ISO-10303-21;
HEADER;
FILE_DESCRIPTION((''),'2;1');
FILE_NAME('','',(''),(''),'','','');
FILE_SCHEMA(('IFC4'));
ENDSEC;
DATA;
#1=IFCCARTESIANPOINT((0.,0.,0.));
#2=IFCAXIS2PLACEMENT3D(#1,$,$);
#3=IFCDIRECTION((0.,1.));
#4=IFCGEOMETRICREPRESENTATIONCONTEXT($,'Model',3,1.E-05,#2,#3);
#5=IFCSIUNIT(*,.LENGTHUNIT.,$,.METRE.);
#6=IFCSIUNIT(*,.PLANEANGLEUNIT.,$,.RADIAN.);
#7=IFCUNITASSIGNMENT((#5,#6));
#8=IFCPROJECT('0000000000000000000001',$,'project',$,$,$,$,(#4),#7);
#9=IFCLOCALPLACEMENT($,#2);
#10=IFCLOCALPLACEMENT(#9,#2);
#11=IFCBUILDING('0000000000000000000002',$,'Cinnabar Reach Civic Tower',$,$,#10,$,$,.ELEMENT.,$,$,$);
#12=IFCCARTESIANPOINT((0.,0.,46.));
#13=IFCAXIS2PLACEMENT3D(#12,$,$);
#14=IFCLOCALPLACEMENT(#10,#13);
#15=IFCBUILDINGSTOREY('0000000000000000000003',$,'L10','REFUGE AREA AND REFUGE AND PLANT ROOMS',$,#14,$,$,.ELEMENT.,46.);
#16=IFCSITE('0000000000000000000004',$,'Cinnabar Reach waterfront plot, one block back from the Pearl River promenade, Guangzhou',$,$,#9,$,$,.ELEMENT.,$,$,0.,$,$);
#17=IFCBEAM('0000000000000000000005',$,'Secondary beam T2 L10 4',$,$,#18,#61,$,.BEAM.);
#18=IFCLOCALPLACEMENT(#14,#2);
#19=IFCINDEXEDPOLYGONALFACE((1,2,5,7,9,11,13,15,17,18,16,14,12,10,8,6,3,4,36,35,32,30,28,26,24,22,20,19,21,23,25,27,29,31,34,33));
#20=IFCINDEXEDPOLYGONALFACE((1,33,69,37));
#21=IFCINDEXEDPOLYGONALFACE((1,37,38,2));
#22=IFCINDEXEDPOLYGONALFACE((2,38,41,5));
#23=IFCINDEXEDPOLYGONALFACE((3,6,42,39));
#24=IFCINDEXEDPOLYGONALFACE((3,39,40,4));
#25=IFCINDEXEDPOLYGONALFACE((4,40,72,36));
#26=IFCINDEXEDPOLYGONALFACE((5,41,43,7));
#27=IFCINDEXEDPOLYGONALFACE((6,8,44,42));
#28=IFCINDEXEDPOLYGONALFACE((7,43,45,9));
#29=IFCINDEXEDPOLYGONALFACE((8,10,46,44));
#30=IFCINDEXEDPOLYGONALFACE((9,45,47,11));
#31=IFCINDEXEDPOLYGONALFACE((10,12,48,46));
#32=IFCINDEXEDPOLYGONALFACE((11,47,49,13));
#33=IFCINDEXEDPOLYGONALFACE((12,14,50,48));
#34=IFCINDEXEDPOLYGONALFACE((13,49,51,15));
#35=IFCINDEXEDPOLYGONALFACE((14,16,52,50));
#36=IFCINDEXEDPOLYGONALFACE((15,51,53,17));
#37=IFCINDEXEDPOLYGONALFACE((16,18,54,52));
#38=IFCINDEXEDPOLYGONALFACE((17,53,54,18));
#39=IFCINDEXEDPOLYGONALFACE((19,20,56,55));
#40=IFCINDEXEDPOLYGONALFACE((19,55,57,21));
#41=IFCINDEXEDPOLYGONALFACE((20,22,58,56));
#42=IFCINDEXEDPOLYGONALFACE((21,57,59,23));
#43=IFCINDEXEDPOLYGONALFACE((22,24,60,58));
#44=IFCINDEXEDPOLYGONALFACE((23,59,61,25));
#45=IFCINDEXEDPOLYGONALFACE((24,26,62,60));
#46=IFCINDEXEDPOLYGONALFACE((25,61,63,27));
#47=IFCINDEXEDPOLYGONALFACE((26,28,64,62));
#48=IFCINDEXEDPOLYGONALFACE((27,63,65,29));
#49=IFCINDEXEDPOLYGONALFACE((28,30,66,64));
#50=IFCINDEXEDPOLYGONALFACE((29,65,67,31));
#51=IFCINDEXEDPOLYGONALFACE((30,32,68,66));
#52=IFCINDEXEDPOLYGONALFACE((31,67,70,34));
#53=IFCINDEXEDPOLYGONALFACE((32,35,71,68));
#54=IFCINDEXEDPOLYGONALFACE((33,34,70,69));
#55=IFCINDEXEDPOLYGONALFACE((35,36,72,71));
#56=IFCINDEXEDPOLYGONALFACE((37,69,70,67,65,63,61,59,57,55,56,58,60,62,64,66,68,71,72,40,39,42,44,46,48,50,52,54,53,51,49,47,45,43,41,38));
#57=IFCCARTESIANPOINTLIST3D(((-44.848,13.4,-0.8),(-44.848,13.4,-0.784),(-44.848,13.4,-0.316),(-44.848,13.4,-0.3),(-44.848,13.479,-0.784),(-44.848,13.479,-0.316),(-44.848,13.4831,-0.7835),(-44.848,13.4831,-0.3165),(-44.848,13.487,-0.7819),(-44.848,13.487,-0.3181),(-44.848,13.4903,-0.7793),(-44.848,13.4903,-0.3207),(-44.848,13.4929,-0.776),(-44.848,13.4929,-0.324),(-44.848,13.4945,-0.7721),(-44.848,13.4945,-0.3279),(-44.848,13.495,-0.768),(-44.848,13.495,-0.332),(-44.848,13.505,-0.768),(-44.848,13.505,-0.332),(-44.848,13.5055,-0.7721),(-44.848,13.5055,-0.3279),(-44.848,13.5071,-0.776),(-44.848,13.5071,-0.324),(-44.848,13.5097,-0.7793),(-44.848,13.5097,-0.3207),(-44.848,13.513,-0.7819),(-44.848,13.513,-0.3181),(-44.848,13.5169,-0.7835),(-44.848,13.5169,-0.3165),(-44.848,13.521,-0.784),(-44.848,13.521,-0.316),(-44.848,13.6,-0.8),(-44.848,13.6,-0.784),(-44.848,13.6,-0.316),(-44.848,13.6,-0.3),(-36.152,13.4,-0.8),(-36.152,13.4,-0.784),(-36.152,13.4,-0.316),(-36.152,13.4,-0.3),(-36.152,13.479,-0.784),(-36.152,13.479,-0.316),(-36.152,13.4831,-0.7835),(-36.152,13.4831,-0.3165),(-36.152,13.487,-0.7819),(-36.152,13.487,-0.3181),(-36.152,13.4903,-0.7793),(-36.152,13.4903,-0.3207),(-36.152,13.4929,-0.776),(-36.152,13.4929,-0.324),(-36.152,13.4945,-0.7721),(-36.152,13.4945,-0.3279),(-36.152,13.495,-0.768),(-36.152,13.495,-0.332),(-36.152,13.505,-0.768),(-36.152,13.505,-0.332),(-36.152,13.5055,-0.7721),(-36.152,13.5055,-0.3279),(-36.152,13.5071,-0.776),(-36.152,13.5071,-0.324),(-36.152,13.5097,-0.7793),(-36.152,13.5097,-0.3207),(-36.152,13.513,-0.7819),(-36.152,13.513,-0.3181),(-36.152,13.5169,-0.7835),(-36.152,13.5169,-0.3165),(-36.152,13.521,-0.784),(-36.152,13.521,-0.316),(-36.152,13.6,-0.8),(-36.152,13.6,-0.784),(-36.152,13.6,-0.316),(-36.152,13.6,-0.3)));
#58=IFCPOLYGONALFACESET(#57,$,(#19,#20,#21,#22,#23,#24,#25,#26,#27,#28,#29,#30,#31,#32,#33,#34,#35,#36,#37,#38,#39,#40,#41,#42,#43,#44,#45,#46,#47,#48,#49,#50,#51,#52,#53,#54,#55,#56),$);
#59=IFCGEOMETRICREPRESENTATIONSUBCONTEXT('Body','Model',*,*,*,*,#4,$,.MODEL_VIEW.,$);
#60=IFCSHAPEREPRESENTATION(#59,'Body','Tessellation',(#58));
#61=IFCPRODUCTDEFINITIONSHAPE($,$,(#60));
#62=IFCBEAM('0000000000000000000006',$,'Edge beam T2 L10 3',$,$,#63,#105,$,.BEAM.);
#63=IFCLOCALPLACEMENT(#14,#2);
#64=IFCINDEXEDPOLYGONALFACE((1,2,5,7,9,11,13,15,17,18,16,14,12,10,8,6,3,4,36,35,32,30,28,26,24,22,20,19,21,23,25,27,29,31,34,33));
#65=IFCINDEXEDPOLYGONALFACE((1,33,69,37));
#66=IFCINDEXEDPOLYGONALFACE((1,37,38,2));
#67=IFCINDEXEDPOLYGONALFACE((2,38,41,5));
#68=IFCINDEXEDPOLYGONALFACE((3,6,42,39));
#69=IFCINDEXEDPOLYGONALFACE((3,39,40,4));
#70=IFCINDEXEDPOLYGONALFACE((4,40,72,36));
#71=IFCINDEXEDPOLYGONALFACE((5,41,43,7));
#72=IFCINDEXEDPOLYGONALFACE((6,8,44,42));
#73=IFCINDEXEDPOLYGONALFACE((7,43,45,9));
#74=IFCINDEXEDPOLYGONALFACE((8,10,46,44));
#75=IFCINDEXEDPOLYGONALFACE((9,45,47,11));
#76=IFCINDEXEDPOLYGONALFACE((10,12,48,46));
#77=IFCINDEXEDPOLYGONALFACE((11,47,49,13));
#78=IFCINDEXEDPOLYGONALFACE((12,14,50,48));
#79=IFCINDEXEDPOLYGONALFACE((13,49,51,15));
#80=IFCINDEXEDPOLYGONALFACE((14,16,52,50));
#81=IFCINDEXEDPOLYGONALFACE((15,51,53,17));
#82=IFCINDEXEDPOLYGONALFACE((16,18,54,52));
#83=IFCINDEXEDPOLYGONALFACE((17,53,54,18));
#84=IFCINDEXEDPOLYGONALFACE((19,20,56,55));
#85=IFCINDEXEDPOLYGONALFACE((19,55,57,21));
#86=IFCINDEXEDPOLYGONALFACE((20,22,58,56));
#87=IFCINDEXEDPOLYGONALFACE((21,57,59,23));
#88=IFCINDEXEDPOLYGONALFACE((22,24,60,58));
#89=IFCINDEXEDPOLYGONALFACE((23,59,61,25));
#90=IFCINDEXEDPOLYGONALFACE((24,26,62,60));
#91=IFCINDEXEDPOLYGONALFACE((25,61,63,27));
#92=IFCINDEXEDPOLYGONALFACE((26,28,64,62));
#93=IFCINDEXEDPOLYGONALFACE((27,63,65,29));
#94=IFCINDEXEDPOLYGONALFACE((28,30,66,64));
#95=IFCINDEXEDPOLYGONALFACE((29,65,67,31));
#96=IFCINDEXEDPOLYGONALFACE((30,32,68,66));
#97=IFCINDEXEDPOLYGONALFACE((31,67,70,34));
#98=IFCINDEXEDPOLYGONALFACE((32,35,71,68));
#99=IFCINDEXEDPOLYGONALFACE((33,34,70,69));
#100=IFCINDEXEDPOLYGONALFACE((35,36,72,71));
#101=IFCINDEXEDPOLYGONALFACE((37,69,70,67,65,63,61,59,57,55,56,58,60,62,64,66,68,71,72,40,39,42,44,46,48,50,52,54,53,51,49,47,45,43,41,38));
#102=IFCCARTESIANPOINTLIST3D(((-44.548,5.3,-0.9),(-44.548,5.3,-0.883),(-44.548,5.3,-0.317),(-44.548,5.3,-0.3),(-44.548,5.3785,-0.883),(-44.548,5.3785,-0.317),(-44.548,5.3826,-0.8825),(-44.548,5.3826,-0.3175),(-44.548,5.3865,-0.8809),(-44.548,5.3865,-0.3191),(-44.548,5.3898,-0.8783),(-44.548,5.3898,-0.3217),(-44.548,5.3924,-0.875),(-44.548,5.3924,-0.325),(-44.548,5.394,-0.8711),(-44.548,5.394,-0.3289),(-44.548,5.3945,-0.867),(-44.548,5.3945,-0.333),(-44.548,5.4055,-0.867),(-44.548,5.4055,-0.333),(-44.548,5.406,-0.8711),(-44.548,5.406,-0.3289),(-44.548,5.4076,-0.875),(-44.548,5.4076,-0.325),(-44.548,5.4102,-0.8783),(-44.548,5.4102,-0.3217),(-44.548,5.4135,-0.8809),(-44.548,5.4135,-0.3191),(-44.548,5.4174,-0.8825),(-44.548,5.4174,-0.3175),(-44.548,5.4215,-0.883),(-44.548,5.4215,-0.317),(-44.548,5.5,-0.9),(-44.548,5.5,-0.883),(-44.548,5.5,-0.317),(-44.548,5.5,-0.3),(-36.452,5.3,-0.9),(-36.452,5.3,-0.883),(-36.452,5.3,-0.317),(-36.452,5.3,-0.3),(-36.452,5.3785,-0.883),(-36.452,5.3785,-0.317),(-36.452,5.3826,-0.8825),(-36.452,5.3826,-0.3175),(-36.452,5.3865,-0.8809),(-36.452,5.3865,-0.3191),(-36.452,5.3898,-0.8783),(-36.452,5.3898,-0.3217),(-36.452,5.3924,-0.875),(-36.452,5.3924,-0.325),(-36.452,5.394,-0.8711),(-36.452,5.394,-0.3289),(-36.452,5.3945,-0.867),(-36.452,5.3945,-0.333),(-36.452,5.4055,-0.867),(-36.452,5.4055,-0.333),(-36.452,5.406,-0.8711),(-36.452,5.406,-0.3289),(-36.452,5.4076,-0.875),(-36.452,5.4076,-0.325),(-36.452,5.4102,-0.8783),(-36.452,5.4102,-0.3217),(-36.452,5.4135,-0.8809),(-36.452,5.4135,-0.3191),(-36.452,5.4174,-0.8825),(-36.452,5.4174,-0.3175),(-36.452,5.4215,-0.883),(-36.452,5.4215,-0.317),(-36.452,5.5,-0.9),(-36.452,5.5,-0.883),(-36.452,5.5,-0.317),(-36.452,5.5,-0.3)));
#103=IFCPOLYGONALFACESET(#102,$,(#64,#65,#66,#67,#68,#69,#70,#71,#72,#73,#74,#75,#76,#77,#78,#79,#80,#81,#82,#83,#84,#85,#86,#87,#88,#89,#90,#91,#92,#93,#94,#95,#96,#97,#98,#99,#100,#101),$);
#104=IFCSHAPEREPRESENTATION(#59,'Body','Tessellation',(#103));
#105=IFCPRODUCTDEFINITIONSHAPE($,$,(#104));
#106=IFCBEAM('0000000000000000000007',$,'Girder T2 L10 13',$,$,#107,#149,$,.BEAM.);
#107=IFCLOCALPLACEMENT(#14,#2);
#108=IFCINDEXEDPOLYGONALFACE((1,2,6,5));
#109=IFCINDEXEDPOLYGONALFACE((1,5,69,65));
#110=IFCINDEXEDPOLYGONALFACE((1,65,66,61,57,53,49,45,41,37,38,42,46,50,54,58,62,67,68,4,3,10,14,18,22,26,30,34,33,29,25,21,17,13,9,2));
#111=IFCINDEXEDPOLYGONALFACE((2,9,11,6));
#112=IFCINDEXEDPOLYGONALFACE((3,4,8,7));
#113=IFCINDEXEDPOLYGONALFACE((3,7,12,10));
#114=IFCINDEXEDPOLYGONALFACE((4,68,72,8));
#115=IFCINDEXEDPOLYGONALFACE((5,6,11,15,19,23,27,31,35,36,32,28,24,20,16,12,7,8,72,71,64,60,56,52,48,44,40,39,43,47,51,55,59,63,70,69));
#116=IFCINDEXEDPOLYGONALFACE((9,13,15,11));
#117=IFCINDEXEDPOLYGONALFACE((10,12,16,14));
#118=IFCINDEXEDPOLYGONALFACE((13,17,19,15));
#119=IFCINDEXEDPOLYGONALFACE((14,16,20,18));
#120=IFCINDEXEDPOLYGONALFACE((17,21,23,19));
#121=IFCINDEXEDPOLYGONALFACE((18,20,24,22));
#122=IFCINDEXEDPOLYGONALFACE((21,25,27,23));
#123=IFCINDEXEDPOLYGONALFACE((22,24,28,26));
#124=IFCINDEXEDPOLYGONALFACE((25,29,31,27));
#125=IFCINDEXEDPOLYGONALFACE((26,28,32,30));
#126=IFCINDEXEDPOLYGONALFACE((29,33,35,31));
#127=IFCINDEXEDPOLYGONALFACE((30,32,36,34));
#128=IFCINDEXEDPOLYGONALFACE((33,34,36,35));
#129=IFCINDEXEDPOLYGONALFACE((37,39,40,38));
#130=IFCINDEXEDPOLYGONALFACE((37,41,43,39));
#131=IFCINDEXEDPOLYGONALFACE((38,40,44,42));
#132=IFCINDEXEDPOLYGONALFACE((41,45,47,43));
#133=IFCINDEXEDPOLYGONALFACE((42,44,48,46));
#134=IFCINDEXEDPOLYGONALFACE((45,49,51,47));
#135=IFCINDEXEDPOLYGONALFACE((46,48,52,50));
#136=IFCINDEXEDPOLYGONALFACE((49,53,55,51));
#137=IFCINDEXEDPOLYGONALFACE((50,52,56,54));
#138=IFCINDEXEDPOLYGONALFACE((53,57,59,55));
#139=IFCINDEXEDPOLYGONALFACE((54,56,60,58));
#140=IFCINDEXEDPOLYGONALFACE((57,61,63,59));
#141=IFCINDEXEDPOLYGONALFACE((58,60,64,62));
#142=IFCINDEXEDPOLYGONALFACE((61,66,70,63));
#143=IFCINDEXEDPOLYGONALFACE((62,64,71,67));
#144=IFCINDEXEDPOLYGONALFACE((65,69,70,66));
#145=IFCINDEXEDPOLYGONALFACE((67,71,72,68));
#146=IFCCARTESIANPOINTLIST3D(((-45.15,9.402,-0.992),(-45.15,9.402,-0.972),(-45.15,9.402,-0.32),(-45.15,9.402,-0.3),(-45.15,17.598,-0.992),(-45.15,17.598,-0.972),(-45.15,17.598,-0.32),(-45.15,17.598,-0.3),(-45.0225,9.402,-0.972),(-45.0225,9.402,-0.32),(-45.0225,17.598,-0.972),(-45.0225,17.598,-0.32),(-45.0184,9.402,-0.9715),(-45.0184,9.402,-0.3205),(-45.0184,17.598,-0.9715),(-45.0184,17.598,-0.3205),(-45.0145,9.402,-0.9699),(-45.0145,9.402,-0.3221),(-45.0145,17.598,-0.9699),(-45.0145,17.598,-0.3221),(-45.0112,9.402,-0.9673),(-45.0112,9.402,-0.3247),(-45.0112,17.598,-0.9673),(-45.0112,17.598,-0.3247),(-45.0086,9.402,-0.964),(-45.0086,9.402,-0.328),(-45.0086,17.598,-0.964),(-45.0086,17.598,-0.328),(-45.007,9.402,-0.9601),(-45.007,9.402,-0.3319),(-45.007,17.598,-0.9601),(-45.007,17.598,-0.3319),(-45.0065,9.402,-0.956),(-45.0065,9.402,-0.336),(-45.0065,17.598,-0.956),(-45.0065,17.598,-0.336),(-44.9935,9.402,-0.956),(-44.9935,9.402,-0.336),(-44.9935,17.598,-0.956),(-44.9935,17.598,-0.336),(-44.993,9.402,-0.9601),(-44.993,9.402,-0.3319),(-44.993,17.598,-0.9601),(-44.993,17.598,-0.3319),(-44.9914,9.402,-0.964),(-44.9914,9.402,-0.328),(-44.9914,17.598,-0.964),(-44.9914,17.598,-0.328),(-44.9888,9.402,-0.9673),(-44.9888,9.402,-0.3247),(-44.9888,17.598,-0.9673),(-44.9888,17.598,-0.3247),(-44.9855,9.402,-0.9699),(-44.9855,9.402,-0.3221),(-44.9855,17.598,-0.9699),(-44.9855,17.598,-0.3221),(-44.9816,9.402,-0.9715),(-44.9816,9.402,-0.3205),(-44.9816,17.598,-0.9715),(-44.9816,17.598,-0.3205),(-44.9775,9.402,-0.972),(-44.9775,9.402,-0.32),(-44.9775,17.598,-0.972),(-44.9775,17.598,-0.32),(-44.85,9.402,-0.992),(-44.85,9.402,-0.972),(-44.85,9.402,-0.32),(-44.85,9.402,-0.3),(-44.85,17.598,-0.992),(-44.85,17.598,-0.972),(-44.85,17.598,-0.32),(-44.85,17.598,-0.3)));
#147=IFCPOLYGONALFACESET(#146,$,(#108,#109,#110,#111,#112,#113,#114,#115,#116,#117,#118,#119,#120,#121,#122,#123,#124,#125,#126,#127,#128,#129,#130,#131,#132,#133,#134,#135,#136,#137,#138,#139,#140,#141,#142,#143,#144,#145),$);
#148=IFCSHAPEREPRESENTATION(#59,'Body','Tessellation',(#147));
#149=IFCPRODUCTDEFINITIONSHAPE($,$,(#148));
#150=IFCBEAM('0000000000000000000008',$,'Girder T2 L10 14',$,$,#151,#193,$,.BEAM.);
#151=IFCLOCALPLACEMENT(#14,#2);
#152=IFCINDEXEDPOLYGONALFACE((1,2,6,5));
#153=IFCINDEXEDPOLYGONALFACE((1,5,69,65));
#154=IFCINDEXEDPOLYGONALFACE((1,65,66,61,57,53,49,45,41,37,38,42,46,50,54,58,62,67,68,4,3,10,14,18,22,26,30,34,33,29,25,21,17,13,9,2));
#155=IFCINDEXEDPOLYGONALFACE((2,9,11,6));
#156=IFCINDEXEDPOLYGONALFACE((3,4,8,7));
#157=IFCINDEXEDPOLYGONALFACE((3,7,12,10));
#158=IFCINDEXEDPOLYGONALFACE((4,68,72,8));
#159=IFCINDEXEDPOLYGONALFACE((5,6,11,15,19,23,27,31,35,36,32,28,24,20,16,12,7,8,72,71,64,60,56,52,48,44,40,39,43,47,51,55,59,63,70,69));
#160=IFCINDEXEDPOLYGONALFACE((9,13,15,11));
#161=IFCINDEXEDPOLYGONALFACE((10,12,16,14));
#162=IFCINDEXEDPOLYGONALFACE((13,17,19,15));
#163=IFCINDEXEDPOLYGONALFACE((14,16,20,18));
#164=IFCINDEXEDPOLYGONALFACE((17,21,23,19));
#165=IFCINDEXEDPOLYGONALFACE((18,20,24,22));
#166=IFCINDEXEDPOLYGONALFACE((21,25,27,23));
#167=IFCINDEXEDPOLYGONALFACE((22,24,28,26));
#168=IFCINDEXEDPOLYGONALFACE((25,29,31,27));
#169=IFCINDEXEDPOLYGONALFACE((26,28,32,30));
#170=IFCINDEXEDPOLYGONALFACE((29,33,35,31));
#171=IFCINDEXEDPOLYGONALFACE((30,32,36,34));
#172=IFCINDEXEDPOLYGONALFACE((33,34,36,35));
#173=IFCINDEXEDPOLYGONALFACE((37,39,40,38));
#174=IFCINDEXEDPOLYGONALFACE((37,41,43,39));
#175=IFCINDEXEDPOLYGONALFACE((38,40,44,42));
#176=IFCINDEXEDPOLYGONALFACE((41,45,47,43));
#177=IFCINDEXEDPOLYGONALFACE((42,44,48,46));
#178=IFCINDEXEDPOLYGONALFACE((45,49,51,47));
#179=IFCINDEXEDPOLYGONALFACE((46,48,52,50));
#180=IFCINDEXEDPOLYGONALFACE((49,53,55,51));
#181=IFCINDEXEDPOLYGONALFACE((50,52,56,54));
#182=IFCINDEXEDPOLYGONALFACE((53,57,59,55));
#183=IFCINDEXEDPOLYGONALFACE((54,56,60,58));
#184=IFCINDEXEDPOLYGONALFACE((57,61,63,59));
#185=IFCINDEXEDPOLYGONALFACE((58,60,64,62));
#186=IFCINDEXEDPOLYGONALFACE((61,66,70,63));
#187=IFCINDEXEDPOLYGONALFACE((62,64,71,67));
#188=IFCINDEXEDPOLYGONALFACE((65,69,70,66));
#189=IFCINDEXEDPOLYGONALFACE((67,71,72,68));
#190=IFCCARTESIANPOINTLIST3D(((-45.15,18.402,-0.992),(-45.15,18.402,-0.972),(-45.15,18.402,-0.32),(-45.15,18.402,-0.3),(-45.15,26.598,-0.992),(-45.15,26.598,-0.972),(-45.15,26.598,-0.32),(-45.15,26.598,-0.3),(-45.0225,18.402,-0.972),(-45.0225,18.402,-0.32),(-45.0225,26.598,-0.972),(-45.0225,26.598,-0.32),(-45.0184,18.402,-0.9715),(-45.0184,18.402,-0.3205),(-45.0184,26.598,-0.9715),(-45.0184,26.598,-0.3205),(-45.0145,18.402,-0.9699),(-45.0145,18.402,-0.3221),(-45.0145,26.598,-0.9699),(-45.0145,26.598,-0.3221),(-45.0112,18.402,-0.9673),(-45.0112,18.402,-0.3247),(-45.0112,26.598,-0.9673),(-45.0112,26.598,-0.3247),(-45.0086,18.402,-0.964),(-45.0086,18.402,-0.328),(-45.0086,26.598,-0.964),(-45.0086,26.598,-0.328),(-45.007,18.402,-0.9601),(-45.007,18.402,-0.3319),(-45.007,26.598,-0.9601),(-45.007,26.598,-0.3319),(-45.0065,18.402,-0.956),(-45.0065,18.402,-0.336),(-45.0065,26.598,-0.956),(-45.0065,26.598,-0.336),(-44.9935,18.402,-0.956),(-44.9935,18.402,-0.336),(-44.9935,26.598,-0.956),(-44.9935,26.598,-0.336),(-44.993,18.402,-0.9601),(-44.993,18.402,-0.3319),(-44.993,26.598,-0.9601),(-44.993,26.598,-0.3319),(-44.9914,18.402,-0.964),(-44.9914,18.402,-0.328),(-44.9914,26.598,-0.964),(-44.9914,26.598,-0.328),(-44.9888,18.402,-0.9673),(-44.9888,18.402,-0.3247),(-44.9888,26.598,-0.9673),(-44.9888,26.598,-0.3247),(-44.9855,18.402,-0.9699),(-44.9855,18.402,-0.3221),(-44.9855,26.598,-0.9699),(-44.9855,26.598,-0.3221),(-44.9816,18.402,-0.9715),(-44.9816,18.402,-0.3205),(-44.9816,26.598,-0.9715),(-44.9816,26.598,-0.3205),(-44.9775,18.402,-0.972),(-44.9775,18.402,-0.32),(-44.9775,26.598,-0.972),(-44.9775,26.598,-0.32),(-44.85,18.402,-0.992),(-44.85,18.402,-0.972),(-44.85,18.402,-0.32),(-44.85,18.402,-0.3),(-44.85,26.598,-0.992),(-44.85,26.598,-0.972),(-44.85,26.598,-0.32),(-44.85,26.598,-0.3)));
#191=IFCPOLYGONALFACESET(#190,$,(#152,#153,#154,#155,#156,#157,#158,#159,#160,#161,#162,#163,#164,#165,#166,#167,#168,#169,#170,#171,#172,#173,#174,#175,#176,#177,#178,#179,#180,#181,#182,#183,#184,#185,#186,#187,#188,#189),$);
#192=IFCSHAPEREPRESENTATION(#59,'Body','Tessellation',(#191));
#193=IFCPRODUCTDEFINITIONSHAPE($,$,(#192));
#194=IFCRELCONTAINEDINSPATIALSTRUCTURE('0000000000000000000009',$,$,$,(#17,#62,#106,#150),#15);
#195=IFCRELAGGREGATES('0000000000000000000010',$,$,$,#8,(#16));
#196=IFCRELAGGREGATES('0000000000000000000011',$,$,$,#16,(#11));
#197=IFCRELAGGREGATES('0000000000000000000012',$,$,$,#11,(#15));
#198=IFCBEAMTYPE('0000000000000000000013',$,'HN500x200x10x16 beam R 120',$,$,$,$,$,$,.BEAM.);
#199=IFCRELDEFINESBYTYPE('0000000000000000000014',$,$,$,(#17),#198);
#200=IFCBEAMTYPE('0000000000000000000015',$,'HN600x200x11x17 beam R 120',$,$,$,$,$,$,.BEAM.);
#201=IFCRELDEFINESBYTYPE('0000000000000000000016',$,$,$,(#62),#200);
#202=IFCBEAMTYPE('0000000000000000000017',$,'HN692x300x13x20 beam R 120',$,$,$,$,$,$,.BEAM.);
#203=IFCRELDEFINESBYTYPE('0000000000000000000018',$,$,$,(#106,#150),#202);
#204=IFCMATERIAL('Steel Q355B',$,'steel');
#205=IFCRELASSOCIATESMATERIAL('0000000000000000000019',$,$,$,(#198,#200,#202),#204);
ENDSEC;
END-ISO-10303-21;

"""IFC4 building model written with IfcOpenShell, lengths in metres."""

from ifc_helpers import new_model, si_unit, direction, frame, origin, origin_2d, place, context, subcontext, project, spatial, i_section, extrude, material, material_profile, profile_set, type_object, element, save


model = new_model("IFC4")

# Units and contexts
model_context = context("Model", 3, precision=1e-05, world=origin(), true_north=direction((0.0, 1.0)))
body_context = subcontext(model_context, "Body", "Model", "MODEL_VIEW")
ifc_project = project(units=[si_unit("LENGTHUNIT", "METRE"), si_unit("PLANEANGLEUNIT", "RADIAN")], contexts=[model_context])

# Site, building, storey
site_placement = place(None, origin())
site = spatial("IfcSite", under=ifc_project, at=site_placement, Name="Cinnabar Reach waterfront plot, one block back from the Pearl River promenade, Guangzhou", CompositionType="ELEMENT", RefElevation=0.0)
building_placement = place(site_placement, origin())
building = spatial("IfcBuilding", under=site, at=building_placement, Name="Cinnabar Reach Civic Tower", CompositionType="ELEMENT")
storey_placement = place(building_placement, frame((0.0, 0.0, 46.0)))
storey = spatial("IfcBuildingStorey", under=building, at=storey_placement, Name="L10", Description="REFUGE AREA AND REFUGE AND PLANT ROOMS", CompositionType="ELEMENT", Elevation=46.0)

# Beams
ifc_material_1 = material(Name="Steel Q355B", Category="steel")
ifc_material_profile_1 = material_profile(ifc_material_1, i_section(OverallWidth=0.2, OverallDepth=0.5, WebThickness=0.01, FlangeThickness=0.016, FilletRadius=0.016, at=origin_2d()), Name="HN500x200x10x16")
ifc_profile_set_1 = profile_set([ifc_material_profile_1], Name="Steel Q355B")
beam_type_1 = type_object("IfcBeamType", Name="HN500x200x10x16 beam R 120", PredefinedType="BEAM", material=ifc_profile_set_1)
beam_1_placement = place(storey_placement, frame((-44.848, 13.5, -0.55), z_axis=(1.0, 0.0, 0.0), x_axis=(0.0, 1.0, 0.0)))
element("IfcBeam", 1, at=beam_1_placement, inside=storey, type_object=beam_type_1, Name="Secondary beam T2 L10 4", PredefinedType="BEAM", context=body_context, shape_type="SweptSolid", body=[
    extrude(i_section(OverallWidth=0.2, OverallDepth=0.5, WebThickness=0.01, FlangeThickness=0.016, FilletRadius=0.016, at=origin_2d()), origin(), (0.0, 0.0, 1.0), 8.696),
])
ifc_material_profile_2 = material_profile(ifc_material_1, i_section(OverallWidth=0.2, OverallDepth=0.6, WebThickness=0.011, FlangeThickness=0.017, FilletRadius=0.016, at=origin_2d()), Name="HN600x200x11x17")
ifc_profile_set_2 = profile_set([ifc_material_profile_2], Name="Steel Q355B")
beam_type_2 = type_object("IfcBeamType", Name="HN600x200x11x17 beam R 120", PredefinedType="BEAM", material=ifc_profile_set_2)
beam_2_placement = place(storey_placement, frame((-44.548, 5.4, -0.6), z_axis=(1.0, 0.0, 0.0), x_axis=(0.0, 1.0, 0.0)))
element("IfcBeam", 2, at=beam_2_placement, inside=storey, type_object=beam_type_2, Name="Edge beam T2 L10 3", PredefinedType="BEAM", context=body_context, shape_type="SweptSolid", body=[
    extrude(i_section(OverallWidth=0.2, OverallDepth=0.6, WebThickness=0.011, FlangeThickness=0.017, FilletRadius=0.016, at=origin_2d()), origin(), (0.0, 0.0, 1.0), 8.096),
])
ifc_material_profile_3 = material_profile(ifc_material_1, i_section(OverallWidth=0.3, OverallDepth=0.692, WebThickness=0.013, FlangeThickness=0.02, FilletRadius=0.016, at=origin_2d()), Name="HN692x300x13x20")
ifc_profile_set_3 = profile_set([ifc_material_profile_3], Name="Steel Q355B")
beam_type_3 = type_object("IfcBeamType", Name="HN692x300x13x20 beam R 120", PredefinedType="BEAM", material=ifc_profile_set_3)
for number, where, z_axis, x_axis, name in (
    (3, (-45.0, 9.402, -0.646), (0.0, 1.0, 0.0), (-1.0, 0.0, 0.0), "Girder T2 L10 13"),
    (4, (-45.0, 18.402, -0.646), (0.0, 1.0, 0.0), (-1.0, 0.0, 0.0), "Girder T2 L10 14"),
):
    element("IfcBeam", number, at=place(storey_placement, frame(where, z_axis=z_axis, x_axis=x_axis)), inside=storey, type_object=beam_type_3, Name=name, PredefinedType="BEAM", context=body_context, shape_type="SweptSolid", body=[
        extrude(i_section(OverallWidth=0.3, OverallDepth=0.692, WebThickness=0.013, FlangeThickness=0.02, FilletRadius=0.016, at=origin_2d()), origin(), (0.0, 0.0, 1.0), 8.196),
    ])

save(model, "model.ifc")
